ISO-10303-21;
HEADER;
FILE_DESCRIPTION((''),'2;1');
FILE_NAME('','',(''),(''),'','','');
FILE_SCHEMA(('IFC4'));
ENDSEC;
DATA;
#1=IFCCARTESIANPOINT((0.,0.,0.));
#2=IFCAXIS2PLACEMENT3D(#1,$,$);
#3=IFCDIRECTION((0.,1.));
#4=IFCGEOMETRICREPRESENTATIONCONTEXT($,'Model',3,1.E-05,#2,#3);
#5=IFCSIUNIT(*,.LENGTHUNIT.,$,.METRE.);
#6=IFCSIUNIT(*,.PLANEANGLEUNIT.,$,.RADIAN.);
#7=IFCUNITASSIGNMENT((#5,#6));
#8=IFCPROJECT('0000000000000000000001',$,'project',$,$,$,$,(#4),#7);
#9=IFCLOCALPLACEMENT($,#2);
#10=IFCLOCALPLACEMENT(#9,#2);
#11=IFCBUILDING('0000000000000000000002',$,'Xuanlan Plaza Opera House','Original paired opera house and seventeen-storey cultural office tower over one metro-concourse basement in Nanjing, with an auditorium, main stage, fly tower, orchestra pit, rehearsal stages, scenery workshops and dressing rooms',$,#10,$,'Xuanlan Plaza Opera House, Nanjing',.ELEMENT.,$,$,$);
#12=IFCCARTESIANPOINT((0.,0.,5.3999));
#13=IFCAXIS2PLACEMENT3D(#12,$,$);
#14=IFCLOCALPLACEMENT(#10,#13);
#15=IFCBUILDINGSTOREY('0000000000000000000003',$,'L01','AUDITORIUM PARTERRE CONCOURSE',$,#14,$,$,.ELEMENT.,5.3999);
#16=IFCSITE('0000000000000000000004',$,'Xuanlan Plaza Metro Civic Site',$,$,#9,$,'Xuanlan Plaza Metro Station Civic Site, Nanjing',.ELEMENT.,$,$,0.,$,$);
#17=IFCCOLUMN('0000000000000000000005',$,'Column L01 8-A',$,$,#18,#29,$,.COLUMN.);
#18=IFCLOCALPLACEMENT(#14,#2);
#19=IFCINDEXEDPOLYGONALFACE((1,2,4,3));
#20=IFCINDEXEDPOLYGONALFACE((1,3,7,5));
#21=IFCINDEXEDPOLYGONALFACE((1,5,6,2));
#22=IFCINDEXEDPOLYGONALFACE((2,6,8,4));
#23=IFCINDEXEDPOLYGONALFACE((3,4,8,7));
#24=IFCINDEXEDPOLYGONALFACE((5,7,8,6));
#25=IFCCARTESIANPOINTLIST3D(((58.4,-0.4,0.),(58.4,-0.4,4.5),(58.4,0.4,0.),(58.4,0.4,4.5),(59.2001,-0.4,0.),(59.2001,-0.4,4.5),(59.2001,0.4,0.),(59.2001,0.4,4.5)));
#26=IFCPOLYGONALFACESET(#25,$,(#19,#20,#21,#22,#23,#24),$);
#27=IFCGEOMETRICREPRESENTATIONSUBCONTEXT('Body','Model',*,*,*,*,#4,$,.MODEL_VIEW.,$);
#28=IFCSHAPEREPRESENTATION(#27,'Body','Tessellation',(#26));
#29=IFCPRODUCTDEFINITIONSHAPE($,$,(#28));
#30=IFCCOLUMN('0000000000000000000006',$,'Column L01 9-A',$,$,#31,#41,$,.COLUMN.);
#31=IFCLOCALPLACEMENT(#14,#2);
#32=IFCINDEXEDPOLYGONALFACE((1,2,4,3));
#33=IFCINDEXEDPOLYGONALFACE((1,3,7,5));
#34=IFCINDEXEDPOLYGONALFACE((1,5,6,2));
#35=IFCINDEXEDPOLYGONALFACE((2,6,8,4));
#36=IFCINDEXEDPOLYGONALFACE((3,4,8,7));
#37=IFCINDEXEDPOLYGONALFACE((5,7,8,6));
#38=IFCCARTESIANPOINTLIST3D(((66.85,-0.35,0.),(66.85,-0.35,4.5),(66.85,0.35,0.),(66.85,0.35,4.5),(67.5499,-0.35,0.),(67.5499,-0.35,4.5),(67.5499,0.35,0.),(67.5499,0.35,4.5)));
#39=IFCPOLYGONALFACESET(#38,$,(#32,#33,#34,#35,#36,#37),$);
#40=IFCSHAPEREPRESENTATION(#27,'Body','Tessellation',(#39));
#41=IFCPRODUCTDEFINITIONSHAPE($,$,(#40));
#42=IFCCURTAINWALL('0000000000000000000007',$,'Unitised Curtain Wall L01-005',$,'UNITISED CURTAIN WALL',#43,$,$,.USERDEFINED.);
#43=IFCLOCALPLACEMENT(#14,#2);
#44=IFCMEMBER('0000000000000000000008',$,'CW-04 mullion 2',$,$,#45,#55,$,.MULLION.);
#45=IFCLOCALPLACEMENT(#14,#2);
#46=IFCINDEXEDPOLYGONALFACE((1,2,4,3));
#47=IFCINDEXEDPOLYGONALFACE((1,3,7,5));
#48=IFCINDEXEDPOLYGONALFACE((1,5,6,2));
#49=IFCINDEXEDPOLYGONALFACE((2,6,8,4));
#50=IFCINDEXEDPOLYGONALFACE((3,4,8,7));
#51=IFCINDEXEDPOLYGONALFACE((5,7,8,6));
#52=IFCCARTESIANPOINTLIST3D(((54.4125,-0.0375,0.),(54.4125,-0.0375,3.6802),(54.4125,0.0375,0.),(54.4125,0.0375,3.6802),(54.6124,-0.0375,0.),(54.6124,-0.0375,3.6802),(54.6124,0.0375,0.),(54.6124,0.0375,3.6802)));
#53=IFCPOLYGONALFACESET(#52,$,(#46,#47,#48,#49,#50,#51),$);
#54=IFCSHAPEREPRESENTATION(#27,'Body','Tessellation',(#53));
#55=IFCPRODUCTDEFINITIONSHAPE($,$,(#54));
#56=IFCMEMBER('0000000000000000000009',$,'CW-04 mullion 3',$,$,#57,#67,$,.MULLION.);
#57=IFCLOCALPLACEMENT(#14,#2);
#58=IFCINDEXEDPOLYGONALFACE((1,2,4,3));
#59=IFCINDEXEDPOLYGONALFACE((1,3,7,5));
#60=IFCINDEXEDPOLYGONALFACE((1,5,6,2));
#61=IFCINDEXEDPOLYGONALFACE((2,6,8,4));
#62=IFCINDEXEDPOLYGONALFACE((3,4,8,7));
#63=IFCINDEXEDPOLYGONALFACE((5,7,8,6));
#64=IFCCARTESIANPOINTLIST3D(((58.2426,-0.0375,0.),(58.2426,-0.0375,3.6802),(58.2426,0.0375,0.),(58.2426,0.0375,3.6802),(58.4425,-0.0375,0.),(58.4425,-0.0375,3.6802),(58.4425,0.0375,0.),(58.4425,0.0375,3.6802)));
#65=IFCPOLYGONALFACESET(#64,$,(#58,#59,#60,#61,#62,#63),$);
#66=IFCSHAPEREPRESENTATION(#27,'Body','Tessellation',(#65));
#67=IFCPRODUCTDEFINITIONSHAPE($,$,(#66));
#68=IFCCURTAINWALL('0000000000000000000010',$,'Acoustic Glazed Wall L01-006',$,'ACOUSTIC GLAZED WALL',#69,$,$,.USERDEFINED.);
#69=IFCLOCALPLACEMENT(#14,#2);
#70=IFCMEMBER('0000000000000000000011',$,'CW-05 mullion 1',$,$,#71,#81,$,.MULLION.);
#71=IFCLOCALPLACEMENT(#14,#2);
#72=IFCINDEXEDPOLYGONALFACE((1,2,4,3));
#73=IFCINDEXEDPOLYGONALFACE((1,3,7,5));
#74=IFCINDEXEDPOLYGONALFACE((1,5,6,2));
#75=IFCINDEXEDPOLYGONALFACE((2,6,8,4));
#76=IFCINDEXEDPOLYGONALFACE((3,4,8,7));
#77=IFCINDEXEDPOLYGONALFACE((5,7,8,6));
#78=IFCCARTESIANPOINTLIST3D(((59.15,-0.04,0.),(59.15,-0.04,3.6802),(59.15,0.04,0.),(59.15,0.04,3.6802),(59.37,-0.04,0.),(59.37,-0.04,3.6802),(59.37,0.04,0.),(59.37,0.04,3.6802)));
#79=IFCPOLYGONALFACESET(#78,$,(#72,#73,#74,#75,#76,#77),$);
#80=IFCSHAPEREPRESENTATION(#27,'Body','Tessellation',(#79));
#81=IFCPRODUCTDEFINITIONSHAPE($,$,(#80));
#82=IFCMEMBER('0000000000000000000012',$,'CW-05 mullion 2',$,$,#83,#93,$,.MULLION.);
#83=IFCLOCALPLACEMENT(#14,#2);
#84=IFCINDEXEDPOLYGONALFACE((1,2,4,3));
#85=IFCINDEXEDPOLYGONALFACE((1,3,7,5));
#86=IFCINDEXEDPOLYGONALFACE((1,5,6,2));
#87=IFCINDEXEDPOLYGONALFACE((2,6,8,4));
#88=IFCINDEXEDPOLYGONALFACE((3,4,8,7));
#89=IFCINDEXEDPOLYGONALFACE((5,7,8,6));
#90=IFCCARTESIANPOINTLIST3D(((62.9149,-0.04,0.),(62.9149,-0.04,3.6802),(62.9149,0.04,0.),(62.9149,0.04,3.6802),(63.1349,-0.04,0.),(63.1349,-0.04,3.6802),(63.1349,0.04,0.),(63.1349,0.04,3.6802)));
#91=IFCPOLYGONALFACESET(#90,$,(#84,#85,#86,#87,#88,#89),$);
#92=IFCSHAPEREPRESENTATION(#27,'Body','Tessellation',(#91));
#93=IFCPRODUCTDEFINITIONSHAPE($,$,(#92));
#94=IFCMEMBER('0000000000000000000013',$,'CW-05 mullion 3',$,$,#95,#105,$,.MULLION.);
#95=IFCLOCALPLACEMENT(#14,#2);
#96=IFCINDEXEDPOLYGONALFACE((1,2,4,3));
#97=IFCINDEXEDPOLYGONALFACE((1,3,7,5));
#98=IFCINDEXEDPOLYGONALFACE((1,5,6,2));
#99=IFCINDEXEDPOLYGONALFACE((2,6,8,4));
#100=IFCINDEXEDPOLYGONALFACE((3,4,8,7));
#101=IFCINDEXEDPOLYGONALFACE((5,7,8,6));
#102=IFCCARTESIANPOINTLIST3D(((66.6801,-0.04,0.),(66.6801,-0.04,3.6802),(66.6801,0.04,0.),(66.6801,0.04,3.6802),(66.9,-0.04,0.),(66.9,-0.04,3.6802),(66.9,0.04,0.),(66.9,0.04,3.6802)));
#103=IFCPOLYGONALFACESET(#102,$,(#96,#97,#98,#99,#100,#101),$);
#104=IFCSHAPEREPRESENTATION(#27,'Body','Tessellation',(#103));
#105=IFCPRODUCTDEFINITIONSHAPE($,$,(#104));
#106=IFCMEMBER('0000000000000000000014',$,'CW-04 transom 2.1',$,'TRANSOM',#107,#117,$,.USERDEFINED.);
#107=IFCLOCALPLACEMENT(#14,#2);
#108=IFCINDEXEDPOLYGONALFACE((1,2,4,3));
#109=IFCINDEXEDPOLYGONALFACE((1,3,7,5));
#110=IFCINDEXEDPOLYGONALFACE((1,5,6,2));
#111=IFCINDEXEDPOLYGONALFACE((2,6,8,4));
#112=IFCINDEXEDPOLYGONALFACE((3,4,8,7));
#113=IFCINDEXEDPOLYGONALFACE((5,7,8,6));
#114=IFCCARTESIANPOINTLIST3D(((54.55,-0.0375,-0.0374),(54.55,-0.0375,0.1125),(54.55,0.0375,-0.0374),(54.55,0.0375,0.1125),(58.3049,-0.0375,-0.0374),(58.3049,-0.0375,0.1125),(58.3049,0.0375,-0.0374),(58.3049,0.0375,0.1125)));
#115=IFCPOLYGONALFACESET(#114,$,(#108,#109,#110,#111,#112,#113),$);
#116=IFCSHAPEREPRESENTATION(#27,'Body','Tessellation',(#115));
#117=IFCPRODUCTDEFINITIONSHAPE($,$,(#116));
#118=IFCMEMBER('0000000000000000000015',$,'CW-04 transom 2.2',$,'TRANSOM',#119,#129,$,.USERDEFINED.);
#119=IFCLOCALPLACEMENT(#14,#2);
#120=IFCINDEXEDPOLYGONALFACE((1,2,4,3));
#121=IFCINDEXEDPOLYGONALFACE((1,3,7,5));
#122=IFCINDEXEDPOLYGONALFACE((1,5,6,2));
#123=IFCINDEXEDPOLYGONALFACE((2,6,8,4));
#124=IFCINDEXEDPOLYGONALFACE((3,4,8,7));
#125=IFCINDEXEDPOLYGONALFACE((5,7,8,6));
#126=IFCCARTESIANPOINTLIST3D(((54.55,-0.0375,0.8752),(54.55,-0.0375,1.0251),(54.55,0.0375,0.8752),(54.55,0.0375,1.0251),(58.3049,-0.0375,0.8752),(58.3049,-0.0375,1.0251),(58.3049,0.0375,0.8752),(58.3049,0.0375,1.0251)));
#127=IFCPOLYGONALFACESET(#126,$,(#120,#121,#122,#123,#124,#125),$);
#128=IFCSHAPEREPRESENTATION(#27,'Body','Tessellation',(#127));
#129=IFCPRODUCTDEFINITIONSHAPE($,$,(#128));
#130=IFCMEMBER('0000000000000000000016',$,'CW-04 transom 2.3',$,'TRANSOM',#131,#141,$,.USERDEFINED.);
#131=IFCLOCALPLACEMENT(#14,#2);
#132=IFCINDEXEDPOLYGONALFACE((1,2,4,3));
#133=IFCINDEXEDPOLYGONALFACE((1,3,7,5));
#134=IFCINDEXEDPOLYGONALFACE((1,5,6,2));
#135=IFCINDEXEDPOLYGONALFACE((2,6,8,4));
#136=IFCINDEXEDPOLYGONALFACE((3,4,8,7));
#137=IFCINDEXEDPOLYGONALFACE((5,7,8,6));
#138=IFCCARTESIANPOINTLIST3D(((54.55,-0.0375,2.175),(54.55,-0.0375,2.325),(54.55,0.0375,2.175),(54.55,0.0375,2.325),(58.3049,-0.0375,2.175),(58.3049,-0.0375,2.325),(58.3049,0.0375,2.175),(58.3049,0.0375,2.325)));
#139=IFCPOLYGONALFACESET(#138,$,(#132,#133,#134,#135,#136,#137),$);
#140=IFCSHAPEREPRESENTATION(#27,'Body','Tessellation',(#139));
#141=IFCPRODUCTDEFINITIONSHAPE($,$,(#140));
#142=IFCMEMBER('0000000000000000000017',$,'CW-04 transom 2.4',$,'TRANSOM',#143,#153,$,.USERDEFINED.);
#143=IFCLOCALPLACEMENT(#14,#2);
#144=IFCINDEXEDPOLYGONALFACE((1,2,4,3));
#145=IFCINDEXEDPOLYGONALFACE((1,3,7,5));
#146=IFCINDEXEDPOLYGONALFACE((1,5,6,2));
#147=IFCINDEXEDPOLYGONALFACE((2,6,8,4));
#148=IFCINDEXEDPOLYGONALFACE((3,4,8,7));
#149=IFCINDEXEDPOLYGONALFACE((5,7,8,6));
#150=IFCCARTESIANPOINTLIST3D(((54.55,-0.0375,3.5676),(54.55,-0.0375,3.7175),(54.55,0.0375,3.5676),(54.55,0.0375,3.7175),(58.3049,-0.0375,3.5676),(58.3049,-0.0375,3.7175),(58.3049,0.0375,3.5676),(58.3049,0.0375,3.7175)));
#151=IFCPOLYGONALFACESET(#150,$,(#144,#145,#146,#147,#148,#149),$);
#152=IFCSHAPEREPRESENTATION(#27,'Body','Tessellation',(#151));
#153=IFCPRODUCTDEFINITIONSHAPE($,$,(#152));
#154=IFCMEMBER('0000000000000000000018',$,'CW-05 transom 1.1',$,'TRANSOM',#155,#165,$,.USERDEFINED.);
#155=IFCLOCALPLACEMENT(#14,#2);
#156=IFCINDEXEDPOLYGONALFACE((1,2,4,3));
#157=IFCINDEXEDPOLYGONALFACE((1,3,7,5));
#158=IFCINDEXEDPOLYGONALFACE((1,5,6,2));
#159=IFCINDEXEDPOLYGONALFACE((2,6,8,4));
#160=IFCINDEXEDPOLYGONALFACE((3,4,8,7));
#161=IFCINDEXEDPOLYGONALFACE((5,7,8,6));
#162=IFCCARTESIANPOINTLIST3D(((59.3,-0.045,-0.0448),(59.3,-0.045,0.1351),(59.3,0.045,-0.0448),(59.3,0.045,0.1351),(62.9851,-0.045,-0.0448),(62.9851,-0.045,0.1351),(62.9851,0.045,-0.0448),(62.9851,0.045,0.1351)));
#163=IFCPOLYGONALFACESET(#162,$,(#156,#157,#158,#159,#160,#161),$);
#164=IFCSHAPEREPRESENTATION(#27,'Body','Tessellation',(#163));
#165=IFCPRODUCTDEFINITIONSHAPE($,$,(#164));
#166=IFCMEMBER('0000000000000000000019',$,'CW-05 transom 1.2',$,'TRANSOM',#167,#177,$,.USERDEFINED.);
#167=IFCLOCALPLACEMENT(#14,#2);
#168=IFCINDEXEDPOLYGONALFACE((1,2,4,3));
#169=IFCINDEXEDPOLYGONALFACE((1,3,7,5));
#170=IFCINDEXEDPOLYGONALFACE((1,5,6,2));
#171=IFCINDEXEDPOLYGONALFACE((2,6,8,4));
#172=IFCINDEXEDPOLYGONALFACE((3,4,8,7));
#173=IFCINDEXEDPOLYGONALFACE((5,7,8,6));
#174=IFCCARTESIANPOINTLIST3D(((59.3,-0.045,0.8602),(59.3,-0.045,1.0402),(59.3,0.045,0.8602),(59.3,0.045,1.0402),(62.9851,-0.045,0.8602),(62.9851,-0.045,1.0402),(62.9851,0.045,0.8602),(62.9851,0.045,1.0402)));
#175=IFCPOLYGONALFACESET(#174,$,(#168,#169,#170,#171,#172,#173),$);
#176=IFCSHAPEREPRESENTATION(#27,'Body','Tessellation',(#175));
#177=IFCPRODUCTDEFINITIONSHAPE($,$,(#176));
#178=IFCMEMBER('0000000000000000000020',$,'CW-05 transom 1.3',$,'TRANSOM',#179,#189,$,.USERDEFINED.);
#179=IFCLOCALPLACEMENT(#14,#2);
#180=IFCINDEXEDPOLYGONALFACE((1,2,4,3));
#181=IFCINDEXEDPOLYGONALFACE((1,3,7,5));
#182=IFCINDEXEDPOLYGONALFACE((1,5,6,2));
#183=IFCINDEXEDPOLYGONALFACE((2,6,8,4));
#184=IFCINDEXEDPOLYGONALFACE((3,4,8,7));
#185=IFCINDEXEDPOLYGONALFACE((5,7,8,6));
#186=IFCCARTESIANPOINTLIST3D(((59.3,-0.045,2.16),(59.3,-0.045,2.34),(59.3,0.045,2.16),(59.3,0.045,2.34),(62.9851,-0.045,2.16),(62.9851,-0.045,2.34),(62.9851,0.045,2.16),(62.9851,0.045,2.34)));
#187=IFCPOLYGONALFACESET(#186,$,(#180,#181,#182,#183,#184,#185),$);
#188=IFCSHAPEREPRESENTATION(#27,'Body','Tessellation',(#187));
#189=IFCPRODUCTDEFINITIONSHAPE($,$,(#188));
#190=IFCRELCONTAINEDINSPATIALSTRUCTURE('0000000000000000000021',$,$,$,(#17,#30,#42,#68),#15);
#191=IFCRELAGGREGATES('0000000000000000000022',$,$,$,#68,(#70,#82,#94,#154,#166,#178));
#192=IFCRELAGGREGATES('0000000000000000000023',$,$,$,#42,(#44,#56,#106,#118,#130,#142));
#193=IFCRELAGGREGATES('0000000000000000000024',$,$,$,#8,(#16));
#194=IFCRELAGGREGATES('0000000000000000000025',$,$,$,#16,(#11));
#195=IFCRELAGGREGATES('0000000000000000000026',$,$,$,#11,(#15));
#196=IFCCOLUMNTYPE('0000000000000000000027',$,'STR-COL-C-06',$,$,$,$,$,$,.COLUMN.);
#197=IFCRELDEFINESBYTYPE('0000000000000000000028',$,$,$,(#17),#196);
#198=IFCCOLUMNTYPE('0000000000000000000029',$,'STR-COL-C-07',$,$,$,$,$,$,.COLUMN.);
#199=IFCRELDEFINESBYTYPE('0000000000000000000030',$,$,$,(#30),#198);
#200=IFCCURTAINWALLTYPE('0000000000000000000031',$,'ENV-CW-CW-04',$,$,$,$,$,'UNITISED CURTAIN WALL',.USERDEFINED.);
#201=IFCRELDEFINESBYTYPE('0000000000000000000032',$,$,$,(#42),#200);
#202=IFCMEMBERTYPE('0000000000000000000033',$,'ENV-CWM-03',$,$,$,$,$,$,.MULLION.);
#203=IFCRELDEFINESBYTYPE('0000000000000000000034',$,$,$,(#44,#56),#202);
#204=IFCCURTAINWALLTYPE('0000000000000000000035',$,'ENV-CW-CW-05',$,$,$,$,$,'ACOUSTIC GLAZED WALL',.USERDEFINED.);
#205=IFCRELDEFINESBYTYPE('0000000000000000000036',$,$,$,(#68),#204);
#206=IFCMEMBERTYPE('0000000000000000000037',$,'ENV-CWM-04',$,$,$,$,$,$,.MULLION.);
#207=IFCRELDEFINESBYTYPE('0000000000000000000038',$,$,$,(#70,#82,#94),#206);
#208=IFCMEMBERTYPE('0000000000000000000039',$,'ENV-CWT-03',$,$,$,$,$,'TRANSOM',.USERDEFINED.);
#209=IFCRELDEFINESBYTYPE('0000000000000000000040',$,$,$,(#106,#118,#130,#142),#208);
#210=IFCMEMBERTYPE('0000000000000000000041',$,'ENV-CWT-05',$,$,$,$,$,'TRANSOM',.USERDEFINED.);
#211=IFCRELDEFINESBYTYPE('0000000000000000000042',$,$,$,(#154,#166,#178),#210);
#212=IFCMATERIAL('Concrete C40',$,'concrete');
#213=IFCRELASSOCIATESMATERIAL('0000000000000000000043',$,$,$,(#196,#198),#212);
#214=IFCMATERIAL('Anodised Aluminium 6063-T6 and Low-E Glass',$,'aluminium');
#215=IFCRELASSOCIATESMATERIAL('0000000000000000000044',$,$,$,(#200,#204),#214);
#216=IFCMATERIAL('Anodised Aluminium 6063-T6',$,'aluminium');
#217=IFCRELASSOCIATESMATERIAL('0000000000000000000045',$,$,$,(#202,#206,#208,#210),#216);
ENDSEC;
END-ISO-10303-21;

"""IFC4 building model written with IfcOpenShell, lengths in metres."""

from ifc_helpers import new_model, si_unit, direction, frame, origin, origin_2d, place, context, subcontext, project, spatial, rectangle, extrude, material, material_profile, profile_set, type_object, element, aggregate, save


model = new_model("IFC4")

# Units and contexts
model_context = context("Model", 3, precision=1e-05, world=origin(), true_north=direction((0.0, 1.0)))
body_context = subcontext(model_context, "Body", "Model", "MODEL_VIEW")
ifc_project = project(units=[si_unit("LENGTHUNIT", "METRE"), si_unit("PLANEANGLEUNIT", "RADIAN")], contexts=[model_context])

# Site, building, storey
site_placement = place(None, origin())
site = spatial("IfcSite", under=ifc_project, at=site_placement, Name="Xuanlan Plaza Metro Civic Site", LongName="Xuanlan Plaza Metro Station Civic Site, Nanjing", CompositionType="ELEMENT", RefElevation=0.0)
building_placement = place(site_placement, origin())
building = spatial("IfcBuilding", under=site, at=building_placement, Name="Xuanlan Plaza Opera House", Description="Original paired opera house and seventeen-storey cultural office tower over one metro-concourse basement in Nanjing, with an auditorium, main stage, fly tower, orchestra pit, rehearsal stages, scenery workshops and dressing rooms", LongName="Xuanlan Plaza Opera House, Nanjing", CompositionType="ELEMENT")
storey_placement = place(building_placement, frame((0.0, 0.0, 5.3999)))
storey = spatial("IfcBuildingStorey", under=building, at=storey_placement, Name="L01", Description="AUDITORIUM PARTERRE CONCOURSE", CompositionType="ELEMENT", Elevation=5.3999)

# Columns
ifc_material_1 = material(Name="Concrete C40", Category="concrete")
ifc_material_profile_1 = material_profile(ifc_material_1, rectangle(XDim=0.8, YDim=0.8, at=origin_2d()), Name="RC-COL 800x800")
ifc_profile_set_1 = profile_set([ifc_material_profile_1], Name="Concrete C40")
column_type_1 = type_object("IfcColumnType", Name="STR-COL-C-06", PredefinedType="COLUMN", material=ifc_profile_set_1)
column_1_placement = place(storey_placement, frame((58.8, 0.0, 0.0), z_axis=(0.0, 0.0, 1.0), x_axis=(1.0, 0.0, 0.0)))
element("IfcColumn", 1, at=column_1_placement, inside=storey, type_object=column_type_1, Name="Column L01 8-A", PredefinedType="COLUMN", context=body_context, shape_type="SweptSolid", body=[
    extrude(rectangle(XDim=0.8, YDim=0.8, at=origin_2d()), origin(), (0.0, 0.0, 1.0), 4.5),
])
ifc_material_profile_2 = material_profile(ifc_material_1, rectangle(XDim=0.7, YDim=0.7, at=origin_2d()), Name="RC-COL 700x700")
ifc_profile_set_2 = profile_set([ifc_material_profile_2], Name="Concrete C40")
column_type_2 = type_object("IfcColumnType", Name="STR-COL-C-07", PredefinedType="COLUMN", material=ifc_profile_set_2)
column_2_placement = place(storey_placement, frame((67.2, 0.0, 0.0), z_axis=(0.0, 0.0, 1.0), x_axis=(1.0, 0.0, 0.0)))
element("IfcColumn", 2, at=column_2_placement, inside=storey, type_object=column_type_2, Name="Column L01 9-A", PredefinedType="COLUMN", context=body_context, shape_type="SweptSolid", body=[
    extrude(rectangle(XDim=0.7, YDim=0.7, at=origin_2d()), origin(), (0.0, 0.0, 1.0), 4.5),
])

# Curtain walls, members
ifc_material_2 = material(Name="Anodised Aluminium 6063-T6 and Low-E Glass", Category="aluminium")
curtain_wall_type_1 = type_object("IfcCurtainWallType", Name="ENV-CW-CW-04", ElementType="UNITISED CURTAIN WALL", PredefinedType="USERDEFINED", material=ifc_material_2)
curtain_wall_1_placement = place(storey_placement, origin())
curtain_wall_1 = element("IfcCurtainWall", 3, at=curtain_wall_1_placement, inside=storey, type_object=curtain_wall_type_1, Name="Unitised Curtain Wall L01-005", ObjectType="UNITISED CURTAIN WALL", PredefinedType="USERDEFINED")
ifc_material_3 = material(Name="Anodised Aluminium 6063-T6", Category="aluminium")
ifc_material_profile_3 = material_profile(ifc_material_3, rectangle(XDim=0.075, YDim=0.2, at=origin_2d()), Name="ALU-M 75x200")
ifc_profile_set_3 = profile_set([ifc_material_profile_3], Name="Anodised Aluminium 6063-T6")
member_type_1 = type_object("IfcMemberType", Name="ENV-CWM-03", PredefinedType="MULLION", material=ifc_profile_set_3)
member_1_placement = place(storey_placement, frame((54.5125, 0.0, 0.0), z_axis=(0.0, 0.0, 1.0), x_axis=(0.0, 1.0, 0.0)))
member_1 = element("IfcMember", 4, at=member_1_placement, type_object=member_type_1, Name="CW-04 mullion 2", PredefinedType="MULLION", context=body_context, shape_type="SweptSolid", body=[
    extrude(rectangle(XDim=0.075, YDim=0.2, at=origin_2d()), origin(), (0.0, 0.0, 1.0), 3.6802),
])
member_2_placement = place(storey_placement, frame((58.3425, 0.0, 0.0), z_axis=(0.0, 0.0, 1.0), x_axis=(0.0, 1.0, 0.0)))
member_2 = element("IfcMember", 5, at=member_2_placement, type_object=member_type_1, Name="CW-04 mullion 3", PredefinedType="MULLION", context=body_context, shape_type="SweptSolid", body=[
    extrude(rectangle(XDim=0.075, YDim=0.2, at=origin_2d()), origin(), (0.0, 0.0, 1.0), 3.6802),
])
curtain_wall_type_2 = type_object("IfcCurtainWallType", Name="ENV-CW-CW-05", ElementType="ACOUSTIC GLAZED WALL", PredefinedType="USERDEFINED", material=ifc_material_2)
curtain_wall_2_placement = place(storey_placement, origin())
curtain_wall_2 = element("IfcCurtainWall", 6, at=curtain_wall_2_placement, inside=storey, type_object=curtain_wall_type_2, Name="Acoustic Glazed Wall L01-006", ObjectType="ACOUSTIC GLAZED WALL", PredefinedType="USERDEFINED")
ifc_material_profile_4 = material_profile(ifc_material_3, rectangle(XDim=0.0801, YDim=0.22, at=origin_2d()), Name="ALU-M 80x220")
ifc_profile_set_4 = profile_set([ifc_material_profile_4], Name="Anodised Aluminium 6063-T6")
member_type_2 = type_object("IfcMemberType", Name="ENV-CWM-04", PredefinedType="MULLION", material=ifc_profile_set_4)
member_3_placement = place(storey_placement, frame((59.26, 0.0, 0.0), z_axis=(0.0, 0.0, 1.0), x_axis=(0.0, 1.0, 0.0)))
member_3 = element("IfcMember", 7, at=member_3_placement, type_object=member_type_2, Name="CW-05 mullion 1", PredefinedType="MULLION", context=body_context, shape_type="SweptSolid", body=[
    extrude(rectangle(XDim=0.0801, YDim=0.22, at=origin_2d()), origin(), (0.0, 0.0, 1.0), 3.6802),
])
member_4_placement = place(storey_placement, frame((63.0249, 0.0, 0.0), z_axis=(0.0, 0.0, 1.0), x_axis=(0.0, 1.0, 0.0)))
member_4 = element("IfcMember", 8, at=member_4_placement, type_object=member_type_2, Name="CW-05 mullion 2", PredefinedType="MULLION", context=body_context, shape_type="SweptSolid", body=[
    extrude(rectangle(XDim=0.0801, YDim=0.22, at=origin_2d()), origin(), (0.0, 0.0, 1.0), 3.6802),
])
member_5_placement = place(storey_placement, frame((66.79, 0.0, 0.0), z_axis=(0.0, 0.0, 1.0), x_axis=(0.0, 1.0, 0.0)))
member_5 = element("IfcMember", 9, at=member_5_placement, type_object=member_type_2, Name="CW-05 mullion 3", PredefinedType="MULLION", context=body_context, shape_type="SweptSolid", body=[
    extrude(rectangle(XDim=0.0801, YDim=0.22, at=origin_2d()), origin(), (0.0, 0.0, 1.0), 3.6802),
])

# Members
ifc_material_profile_5 = material_profile(ifc_material_3, rectangle(XDim=0.075, YDim=0.1499, at=origin_2d()), Name="ALU-T 75x150")
ifc_profile_set_5 = profile_set([ifc_material_profile_5], Name="Anodised Aluminium 6063-T6")
member_type_3 = type_object("IfcMemberType", Name="ENV-CWT-03", ElementType="TRANSOM", PredefinedType="USERDEFINED", material=ifc_profile_set_5)
member_6_placement = place(storey_placement, frame((54.55, 0.0, 0.0376), z_axis=(1.0, 0.0, 0.0), x_axis=(0.0, 1.0, 0.0)))
member_6 = element("IfcMember", 10, at=member_6_placement, type_object=member_type_3, Name="CW-04 transom 2.1", ObjectType="TRANSOM", PredefinedType="USERDEFINED", context=body_context, shape_type="SweptSolid", body=[
    extrude(rectangle(XDim=0.075, YDim=0.1499, at=origin_2d()), origin(), (0.0, 0.0, 1.0), 3.7549),
])
member_7_placement = place(storey_placement, frame((54.55, 0.0, 0.9502), z_axis=(1.0, 0.0, 0.0), x_axis=(0.0, 1.0, 0.0)))
member_7 = element("IfcMember", 11, at=member_7_placement, type_object=member_type_3, Name="CW-04 transom 2.2", ObjectType="TRANSOM", PredefinedType="USERDEFINED", context=body_context, shape_type="SweptSolid", body=[
    extrude(rectangle(XDim=0.075, YDim=0.1499, at=origin_2d()), origin(), (0.0, 0.0, 1.0), 3.7549),
])
member_8_placement = place(storey_placement, frame((54.55, 0.0, 2.25), z_axis=(1.0, 0.0, 0.0), x_axis=(0.0, 1.0, 0.0)))
member_8 = element("IfcMember", 12, at=member_8_placement, type_object=member_type_3, Name="CW-04 transom 2.3", ObjectType="TRANSOM", PredefinedType="USERDEFINED", context=body_context, shape_type="SweptSolid", body=[
    extrude(rectangle(XDim=0.075, YDim=0.1499, at=origin_2d()), origin(), (0.0, 0.0, 1.0), 3.7549),
])
member_9_placement = place(storey_placement, frame((54.55, 0.0, 3.6426), z_axis=(1.0, 0.0, 0.0), x_axis=(0.0, 1.0, 0.0)))
member_9 = element("IfcMember", 13, at=member_9_placement, type_object=member_type_3, Name="CW-04 transom 2.4", ObjectType="TRANSOM", PredefinedType="USERDEFINED", context=body_context, shape_type="SweptSolid", body=[
    extrude(rectangle(XDim=0.075, YDim=0.1499, at=origin_2d()), origin(), (0.0, 0.0, 1.0), 3.7549),
])
ifc_material_profile_6 = material_profile(ifc_material_3, rectangle(XDim=0.0901, YDim=0.1799, at=origin_2d()), Name="ALU-T 90x180")
ifc_profile_set_6 = profile_set([ifc_material_profile_6], Name="Anodised Aluminium 6063-T6")
member_type_4 = type_object("IfcMemberType", Name="ENV-CWT-05", ElementType="TRANSOM", PredefinedType="USERDEFINED", material=ifc_profile_set_6)
member_10_placement = place(storey_placement, frame((59.3, 0.0, 0.0452), z_axis=(1.0, 0.0, 0.0), x_axis=(0.0, 1.0, 0.0)))
member_10 = element("IfcMember", 14, at=member_10_placement, type_object=member_type_4, Name="CW-05 transom 1.1", ObjectType="TRANSOM", PredefinedType="USERDEFINED", context=body_context, shape_type="SweptSolid", body=[
    extrude(rectangle(XDim=0.0901, YDim=0.1799, at=origin_2d()), origin(), (0.0, 0.0, 1.0), 3.6851),
])
member_11_placement = place(storey_placement, frame((59.3, 0.0, 0.9502), z_axis=(1.0, 0.0, 0.0), x_axis=(0.0, 1.0, 0.0)))
member_11 = element("IfcMember", 15, at=member_11_placement, type_object=member_type_4, Name="CW-05 transom 1.2", ObjectType="TRANSOM", PredefinedType="USERDEFINED", context=body_context, shape_type="SweptSolid", body=[
    extrude(rectangle(XDim=0.0901, YDim=0.1799, at=origin_2d()), origin(), (0.0, 0.0, 1.0), 3.6851),
])
member_12_placement = place(storey_placement, frame((59.3, 0.0, 2.25), z_axis=(1.0, 0.0, 0.0), x_axis=(0.0, 1.0, 0.0)))
member_12 = element("IfcMember", 16, at=member_12_placement, type_object=member_type_4, Name="CW-05 transom 1.3", ObjectType="TRANSOM", PredefinedType="USERDEFINED", context=body_context, shape_type="SweptSolid", body=[
    extrude(rectangle(XDim=0.0901, YDim=0.1799, at=origin_2d()), origin(), (0.0, 0.0, 1.0), 3.6851),
])

aggregate(curtain_wall_2, [member_3, member_4, member_5, member_10, member_11, member_12])
aggregate(curtain_wall_1, [member_1, member_2, member_6, member_7, member_8, member_9])

save(model, "model.ifc")
